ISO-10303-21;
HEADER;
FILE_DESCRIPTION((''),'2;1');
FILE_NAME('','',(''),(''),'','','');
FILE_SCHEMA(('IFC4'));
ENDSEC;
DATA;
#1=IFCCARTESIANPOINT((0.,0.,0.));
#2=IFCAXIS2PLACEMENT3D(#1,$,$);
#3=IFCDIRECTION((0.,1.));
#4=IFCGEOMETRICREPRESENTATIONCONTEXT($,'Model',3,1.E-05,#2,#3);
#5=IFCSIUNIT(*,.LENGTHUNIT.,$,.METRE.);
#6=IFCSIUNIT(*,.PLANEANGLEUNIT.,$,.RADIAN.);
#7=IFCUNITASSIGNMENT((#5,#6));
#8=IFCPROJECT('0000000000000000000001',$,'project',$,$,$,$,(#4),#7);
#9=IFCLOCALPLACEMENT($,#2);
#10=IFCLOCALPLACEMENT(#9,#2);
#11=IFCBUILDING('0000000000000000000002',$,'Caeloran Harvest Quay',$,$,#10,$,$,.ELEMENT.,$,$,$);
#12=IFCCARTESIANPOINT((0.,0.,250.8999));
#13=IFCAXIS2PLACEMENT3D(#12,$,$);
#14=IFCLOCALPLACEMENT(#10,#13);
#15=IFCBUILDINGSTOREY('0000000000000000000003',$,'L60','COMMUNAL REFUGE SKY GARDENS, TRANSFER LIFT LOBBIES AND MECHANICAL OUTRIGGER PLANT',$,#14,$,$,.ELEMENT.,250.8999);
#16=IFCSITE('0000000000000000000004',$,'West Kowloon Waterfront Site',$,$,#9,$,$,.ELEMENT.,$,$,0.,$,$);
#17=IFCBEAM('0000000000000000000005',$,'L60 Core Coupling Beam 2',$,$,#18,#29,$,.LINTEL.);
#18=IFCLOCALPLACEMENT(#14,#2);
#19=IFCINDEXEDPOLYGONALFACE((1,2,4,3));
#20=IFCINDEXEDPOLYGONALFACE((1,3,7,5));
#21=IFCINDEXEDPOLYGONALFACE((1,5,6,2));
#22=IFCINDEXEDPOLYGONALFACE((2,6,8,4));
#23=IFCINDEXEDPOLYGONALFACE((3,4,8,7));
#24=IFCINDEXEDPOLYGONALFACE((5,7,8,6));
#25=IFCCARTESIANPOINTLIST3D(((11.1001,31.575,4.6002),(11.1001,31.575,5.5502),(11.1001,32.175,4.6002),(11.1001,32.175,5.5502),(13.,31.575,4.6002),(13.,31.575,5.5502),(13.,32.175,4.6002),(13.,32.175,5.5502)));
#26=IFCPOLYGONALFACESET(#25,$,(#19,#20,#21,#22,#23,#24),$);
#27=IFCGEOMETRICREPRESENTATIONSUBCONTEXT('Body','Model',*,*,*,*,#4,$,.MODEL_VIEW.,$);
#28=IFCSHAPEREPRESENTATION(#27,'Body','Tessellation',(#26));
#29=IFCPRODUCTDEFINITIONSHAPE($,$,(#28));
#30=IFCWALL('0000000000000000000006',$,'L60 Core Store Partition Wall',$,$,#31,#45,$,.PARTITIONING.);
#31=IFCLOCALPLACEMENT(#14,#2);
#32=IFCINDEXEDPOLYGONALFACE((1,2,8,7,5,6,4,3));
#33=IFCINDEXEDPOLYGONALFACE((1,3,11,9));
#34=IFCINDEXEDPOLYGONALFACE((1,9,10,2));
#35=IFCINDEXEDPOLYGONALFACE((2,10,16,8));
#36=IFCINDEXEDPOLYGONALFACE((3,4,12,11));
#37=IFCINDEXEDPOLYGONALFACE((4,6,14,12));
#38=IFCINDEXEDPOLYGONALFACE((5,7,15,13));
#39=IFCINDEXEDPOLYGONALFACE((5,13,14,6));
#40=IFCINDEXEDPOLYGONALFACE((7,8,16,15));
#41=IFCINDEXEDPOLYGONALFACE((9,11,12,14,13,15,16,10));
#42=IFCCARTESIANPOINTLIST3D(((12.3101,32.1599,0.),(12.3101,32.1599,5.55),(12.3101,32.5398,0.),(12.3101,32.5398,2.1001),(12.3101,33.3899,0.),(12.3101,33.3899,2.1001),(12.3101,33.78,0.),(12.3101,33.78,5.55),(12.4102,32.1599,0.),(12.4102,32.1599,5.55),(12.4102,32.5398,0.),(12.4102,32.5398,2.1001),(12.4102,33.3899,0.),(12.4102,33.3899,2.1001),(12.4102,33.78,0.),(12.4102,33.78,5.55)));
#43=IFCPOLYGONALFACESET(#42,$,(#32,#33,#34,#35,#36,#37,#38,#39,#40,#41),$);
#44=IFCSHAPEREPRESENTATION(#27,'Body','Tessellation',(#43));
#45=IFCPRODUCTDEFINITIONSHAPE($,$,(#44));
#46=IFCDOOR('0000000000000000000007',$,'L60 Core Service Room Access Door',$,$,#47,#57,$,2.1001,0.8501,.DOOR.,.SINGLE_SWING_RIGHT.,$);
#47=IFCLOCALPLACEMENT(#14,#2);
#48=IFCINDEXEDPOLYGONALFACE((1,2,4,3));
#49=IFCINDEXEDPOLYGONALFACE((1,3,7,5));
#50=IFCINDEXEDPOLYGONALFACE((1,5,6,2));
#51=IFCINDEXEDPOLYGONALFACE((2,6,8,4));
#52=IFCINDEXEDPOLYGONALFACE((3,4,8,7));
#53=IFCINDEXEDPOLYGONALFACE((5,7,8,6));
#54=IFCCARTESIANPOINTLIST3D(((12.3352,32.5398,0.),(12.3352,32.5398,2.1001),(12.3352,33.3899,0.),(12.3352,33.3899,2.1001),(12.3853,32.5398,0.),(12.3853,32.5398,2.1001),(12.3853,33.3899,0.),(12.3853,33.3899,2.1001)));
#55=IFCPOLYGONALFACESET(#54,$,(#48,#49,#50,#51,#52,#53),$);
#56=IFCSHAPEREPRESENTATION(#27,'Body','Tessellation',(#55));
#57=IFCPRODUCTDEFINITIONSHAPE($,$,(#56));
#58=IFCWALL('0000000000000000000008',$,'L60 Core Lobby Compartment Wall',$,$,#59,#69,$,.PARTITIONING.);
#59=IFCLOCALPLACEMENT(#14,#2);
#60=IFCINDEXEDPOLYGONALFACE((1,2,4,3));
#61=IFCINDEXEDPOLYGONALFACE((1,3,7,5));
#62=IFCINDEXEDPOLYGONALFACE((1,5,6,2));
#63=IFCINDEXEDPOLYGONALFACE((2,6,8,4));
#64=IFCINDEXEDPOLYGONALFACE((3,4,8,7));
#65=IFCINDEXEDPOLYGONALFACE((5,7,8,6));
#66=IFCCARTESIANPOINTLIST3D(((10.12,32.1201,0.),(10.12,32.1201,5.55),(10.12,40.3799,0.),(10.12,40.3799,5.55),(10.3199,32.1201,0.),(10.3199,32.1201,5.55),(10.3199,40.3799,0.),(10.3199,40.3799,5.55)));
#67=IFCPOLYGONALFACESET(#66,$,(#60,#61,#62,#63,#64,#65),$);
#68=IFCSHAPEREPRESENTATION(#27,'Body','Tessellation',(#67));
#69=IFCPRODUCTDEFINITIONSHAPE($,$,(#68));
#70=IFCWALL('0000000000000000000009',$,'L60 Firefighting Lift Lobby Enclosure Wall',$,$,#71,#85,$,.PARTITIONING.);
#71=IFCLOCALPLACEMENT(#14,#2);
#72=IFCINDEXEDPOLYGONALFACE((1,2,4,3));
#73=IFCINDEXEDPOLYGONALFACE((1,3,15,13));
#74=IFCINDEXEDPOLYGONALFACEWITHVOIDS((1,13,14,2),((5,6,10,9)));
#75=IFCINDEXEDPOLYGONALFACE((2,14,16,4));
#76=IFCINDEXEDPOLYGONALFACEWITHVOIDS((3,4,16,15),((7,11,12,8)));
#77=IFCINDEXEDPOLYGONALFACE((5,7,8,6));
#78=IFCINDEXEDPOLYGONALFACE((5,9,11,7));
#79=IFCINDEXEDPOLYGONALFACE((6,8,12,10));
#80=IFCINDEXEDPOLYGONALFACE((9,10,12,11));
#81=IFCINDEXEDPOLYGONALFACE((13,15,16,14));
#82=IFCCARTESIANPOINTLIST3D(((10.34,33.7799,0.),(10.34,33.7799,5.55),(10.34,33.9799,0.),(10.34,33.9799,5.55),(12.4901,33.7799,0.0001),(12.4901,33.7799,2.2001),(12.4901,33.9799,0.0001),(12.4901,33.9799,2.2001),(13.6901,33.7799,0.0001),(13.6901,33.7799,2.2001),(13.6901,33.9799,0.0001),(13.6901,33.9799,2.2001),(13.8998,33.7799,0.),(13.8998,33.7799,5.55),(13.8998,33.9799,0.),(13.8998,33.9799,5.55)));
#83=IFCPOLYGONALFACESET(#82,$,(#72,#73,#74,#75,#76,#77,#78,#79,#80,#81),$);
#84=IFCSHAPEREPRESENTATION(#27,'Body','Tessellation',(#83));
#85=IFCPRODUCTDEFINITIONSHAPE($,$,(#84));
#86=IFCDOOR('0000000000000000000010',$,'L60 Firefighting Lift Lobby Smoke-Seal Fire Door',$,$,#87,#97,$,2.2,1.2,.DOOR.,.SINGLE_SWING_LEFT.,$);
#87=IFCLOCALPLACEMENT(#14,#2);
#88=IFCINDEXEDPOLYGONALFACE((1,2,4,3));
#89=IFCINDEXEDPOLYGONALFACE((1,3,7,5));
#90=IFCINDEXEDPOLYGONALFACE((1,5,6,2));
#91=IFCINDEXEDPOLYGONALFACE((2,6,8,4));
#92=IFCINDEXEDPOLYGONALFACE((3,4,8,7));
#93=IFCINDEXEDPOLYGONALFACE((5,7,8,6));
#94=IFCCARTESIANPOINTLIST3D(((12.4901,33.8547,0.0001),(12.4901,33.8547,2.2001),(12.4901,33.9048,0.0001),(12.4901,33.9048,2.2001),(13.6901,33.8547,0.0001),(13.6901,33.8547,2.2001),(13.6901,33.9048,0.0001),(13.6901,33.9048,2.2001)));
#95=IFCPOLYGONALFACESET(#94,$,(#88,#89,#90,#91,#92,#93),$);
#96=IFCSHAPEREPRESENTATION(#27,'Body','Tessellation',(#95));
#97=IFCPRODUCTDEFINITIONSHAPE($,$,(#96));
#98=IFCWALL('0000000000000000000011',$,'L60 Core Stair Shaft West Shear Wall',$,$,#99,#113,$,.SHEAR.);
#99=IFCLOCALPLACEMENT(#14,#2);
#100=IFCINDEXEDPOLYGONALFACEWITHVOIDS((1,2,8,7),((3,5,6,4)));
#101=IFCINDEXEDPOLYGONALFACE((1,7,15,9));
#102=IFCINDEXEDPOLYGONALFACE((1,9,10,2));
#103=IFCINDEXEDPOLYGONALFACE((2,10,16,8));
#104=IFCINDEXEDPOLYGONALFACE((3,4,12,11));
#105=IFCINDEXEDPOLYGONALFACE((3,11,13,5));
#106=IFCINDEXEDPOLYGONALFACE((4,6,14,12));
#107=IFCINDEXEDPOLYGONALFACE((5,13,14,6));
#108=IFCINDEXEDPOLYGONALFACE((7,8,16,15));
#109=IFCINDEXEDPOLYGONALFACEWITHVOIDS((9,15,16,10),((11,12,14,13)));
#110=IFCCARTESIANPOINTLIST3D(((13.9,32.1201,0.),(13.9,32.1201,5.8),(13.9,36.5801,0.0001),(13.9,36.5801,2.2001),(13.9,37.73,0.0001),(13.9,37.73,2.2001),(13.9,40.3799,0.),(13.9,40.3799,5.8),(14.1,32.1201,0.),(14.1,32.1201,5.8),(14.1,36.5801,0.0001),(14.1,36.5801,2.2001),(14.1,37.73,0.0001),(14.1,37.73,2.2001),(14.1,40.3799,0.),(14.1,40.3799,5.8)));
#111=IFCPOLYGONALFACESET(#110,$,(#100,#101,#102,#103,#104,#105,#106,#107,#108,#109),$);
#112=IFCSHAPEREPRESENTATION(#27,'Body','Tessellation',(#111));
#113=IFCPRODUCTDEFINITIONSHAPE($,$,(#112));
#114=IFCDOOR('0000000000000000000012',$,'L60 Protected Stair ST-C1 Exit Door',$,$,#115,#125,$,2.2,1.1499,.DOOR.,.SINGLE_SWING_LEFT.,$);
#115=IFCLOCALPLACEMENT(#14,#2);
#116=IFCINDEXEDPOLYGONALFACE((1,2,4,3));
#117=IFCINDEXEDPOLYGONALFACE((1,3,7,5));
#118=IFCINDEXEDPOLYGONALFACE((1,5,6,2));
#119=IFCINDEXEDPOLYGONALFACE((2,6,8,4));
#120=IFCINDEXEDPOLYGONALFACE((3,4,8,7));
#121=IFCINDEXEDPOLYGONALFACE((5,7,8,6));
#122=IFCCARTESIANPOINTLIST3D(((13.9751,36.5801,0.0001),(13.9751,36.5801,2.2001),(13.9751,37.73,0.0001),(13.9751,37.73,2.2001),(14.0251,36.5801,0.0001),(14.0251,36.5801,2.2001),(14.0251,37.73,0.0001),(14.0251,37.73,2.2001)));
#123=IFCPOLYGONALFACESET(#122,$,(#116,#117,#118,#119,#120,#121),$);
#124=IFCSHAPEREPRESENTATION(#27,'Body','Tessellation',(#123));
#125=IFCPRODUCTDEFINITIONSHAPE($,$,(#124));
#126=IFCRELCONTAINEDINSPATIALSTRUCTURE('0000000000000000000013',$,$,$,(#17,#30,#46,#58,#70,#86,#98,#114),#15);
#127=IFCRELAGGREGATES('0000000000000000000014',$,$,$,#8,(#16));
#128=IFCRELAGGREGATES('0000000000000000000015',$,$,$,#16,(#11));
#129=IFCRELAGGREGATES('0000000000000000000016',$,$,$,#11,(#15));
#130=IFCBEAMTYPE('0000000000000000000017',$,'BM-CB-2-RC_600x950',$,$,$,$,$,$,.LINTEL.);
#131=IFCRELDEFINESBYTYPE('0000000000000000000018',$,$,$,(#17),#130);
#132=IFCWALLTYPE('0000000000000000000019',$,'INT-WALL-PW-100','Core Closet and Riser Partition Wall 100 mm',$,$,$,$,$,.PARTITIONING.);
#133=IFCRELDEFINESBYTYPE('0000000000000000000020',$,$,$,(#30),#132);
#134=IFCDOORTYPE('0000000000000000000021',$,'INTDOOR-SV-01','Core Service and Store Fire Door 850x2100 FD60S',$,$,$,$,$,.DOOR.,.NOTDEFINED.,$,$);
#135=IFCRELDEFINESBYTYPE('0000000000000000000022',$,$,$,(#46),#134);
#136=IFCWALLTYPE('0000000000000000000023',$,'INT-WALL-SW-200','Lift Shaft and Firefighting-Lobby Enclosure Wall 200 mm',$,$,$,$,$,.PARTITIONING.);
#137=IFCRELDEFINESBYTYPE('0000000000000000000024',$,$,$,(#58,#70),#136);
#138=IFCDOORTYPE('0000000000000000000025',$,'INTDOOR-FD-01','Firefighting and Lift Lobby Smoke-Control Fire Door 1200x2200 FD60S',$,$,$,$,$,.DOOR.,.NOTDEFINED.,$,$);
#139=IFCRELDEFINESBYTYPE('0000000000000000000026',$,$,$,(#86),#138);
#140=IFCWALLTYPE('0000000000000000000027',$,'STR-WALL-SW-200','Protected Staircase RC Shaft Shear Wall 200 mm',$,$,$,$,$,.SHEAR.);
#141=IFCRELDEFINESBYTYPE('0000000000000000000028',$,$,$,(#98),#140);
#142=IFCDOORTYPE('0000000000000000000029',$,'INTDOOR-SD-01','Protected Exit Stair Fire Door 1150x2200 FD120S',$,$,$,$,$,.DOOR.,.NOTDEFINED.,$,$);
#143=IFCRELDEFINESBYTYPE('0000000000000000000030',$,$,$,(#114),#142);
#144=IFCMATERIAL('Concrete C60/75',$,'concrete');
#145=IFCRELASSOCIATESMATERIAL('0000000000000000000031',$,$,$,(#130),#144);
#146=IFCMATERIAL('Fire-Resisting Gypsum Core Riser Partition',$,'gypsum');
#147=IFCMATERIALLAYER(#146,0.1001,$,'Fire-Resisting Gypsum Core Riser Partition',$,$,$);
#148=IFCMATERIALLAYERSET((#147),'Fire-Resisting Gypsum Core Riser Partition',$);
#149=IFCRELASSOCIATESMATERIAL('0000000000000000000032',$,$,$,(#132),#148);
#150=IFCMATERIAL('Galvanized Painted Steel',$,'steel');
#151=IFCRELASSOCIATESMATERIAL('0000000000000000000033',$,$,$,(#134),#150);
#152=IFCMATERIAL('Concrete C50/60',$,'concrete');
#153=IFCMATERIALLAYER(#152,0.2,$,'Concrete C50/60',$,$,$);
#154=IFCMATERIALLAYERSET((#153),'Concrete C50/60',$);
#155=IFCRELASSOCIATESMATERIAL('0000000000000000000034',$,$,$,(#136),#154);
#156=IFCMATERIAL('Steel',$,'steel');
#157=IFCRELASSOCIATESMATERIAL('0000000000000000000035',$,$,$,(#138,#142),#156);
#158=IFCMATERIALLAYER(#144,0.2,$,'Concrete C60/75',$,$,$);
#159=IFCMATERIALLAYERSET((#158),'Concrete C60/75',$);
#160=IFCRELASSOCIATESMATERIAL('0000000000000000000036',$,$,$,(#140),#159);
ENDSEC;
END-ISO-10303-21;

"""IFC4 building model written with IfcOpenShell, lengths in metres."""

from ifc_helpers import new_model, si_unit, direction, frame, frame_2d, origin, origin_2d, place, context, subcontext, project, spatial, rectangle, extrude, material, layer, layer_set, material_profile, profile_set, type_object, element, fill, save


model = new_model("IFC4")

# Units and contexts
model_context = context("Model", 3, precision=1e-05, world=origin(), true_north=direction((0.0, 1.0)))
body_context = subcontext(model_context, "Body", "Model", "MODEL_VIEW")
ifc_project = project(units=[si_unit("LENGTHUNIT", "METRE"), si_unit("PLANEANGLEUNIT", "RADIAN")], contexts=[model_context])

# Site, building, storey
site_placement = place(None, origin())
site = spatial("IfcSite", under=ifc_project, at=site_placement, Name="West Kowloon Waterfront Site", CompositionType="ELEMENT", RefElevation=0.0)
building_placement = place(site_placement, origin())
building = spatial("IfcBuilding", under=site, at=building_placement, Name="Caeloran Harvest Quay", CompositionType="ELEMENT")
storey_placement = place(building_placement, frame((0.0, 0.0, 250.8999)))
storey = spatial("IfcBuildingStorey", under=building, at=storey_placement, Name="L60", Description="COMMUNAL REFUGE SKY GARDENS, TRANSFER LIFT LOBBIES AND MECHANICAL OUTRIGGER PLANT", CompositionType="ELEMENT", Elevation=250.8999)

# Beam
ifc_material_1 = material(Name="Concrete C60/75", Category="concrete")
ifc_material_profile = material_profile(ifc_material_1, rectangle(XDim=0.6001, YDim=0.95, at=origin_2d()), Name="RC 600x950")
ifc_profile_set = profile_set([ifc_material_profile], Name="Concrete C60/75")
beam_type = type_object("IfcBeamType", Name="BM-CB-2-RC_600x950", PredefinedType="LINTEL", material=ifc_profile_set)
beam_placement = place(storey_placement, frame((11.1001, 31.875, 5.0752), z_axis=(1.0, 0.0, 0.0), x_axis=(0.0, 1.0, 0.0)))
element("IfcBeam", 1, at=beam_placement, inside=storey, type_object=beam_type, Name="L60 Core Coupling Beam 2", PredefinedType="LINTEL", context=body_context, shape_type="SweptSolid", body=[
    extrude(rectangle(XDim=0.6001, YDim=0.95, at=origin_2d()), origin(), (0.0, 0.0, 1.0), 1.8999),
])

# Wall, opening, door
ifc_material_2 = material(Name="Fire-Resisting Gypsum Core Riser Partition", Category="gypsum")
ifc_layer_1 = layer(ifc_material_2, 0.1001, Name="Fire-Resisting Gypsum Core Riser Partition")
ifc_layer_set_1 = layer_set([ifc_layer_1], Name="Fire-Resisting Gypsum Core Riser Partition")
wall_type_1 = type_object("IfcWallType", Name="INT-WALL-PW-100", Description="Core Closet and Riser Partition Wall 100 mm", PredefinedType="PARTITIONING", material=ifc_layer_set_1)
wall_1_placement = place(storey_placement, frame((12.3601, 32.1599, 0.0), z_axis=(0.0, 0.0, 1.0), x_axis=(0.0, 1.0, 0.0)))
wall_1 = element("IfcWall", 2, at=wall_1_placement, inside=storey, type_object=wall_type_1, Name="L60 Core Store Partition Wall", PredefinedType="PARTITIONING", context=body_context, shape_type="SweptSolid", body=[
    extrude(rectangle(XDim=1.6201, YDim=0.1001, at=frame_2d((0.8101, 0.0))), origin(), (0.0, 0.0, 1.0), 5.55),
])
opening_1_placement = place(wall_1_placement, frame((0.3799, 0.0, 0.0)))
opening_1 = element("IfcOpeningElement", 3, at=opening_1_placement, cuts=wall_1, PredefinedType="OPENING", context=body_context, shape_type="SweptSolid", body=[
    extrude(rectangle(XDim=0.8501, YDim=2.1001, at=frame_2d((0.425, 1.05))), frame((0.0, 0.0601, 0.0), z_axis=(0.0, -1.0, 0.0), x_axis=(1.0, 0.0, 0.0)), (0.0, 0.0, 1.0), 0.1201),
])
ifc_material_3 = material(Name="Galvanized Painted Steel", Category="steel")
door_type_1 = type_object("IfcDoorType", Name="INTDOOR-SV-01", Description="Core Service and Store Fire Door 850x2100 FD60S", OperationType="NOTDEFINED", PredefinedType="DOOR", material=ifc_material_3)
door_1_placement = place(opening_1_placement, origin())
door_1 = element("IfcDoor", 4, at=door_1_placement, inside=storey, type_object=door_type_1, Name="L60 Core Service Room Access Door", OperationType="SINGLE_SWING_RIGHT", OverallHeight=2.1001, OverallWidth=0.8501, PredefinedType="DOOR", context=body_context, shape_type="SweptSolid", body=[
    extrude(rectangle(XDim=0.8501, YDim=2.1001, at=frame_2d((0.425, 1.05))), frame((0.0, 0.0249, 0.0), z_axis=(0.0, -1.0, 0.0), x_axis=(1.0, 0.0, 0.0)), (0.0, 0.0, 1.0), 0.05),
])
fill(opening_1, door_1)

# Wall
ifc_material_4 = material(Name="Concrete C50/60", Category="concrete")
ifc_layer_2 = layer(ifc_material_4, 0.2, Name="Concrete C50/60")
ifc_layer_set_2 = layer_set([ifc_layer_2], Name="Concrete C50/60")
wall_type_2 = type_object("IfcWallType", Name="INT-WALL-SW-200", Description="Lift Shaft and Firefighting-Lobby Enclosure Wall 200 mm", PredefinedType="PARTITIONING", material=ifc_layer_set_2)
wall_2_placement = place(storey_placement, frame((10.22, 32.1201, 0.0), z_axis=(0.0, 0.0, 1.0), x_axis=(0.0, 1.0, 0.0)))
element("IfcWall", 5, at=wall_2_placement, inside=storey, type_object=wall_type_2, Name="L60 Core Lobby Compartment Wall", PredefinedType="PARTITIONING", context=body_context, shape_type="SweptSolid", body=[
    extrude(rectangle(XDim=8.2598, YDim=0.2, at=frame_2d((4.1299, 0.0))), origin(), (0.0, 0.0, 1.0), 5.55),
])

# Walls, openings, doors
wall_3_placement = place(storey_placement, frame((10.3401, 33.8799, 0.0), z_axis=(0.0, 0.0, 1.0), x_axis=(1.0, 0.0, 0.0)))
wall_3 = element("IfcWall", 6, at=wall_3_placement, inside=storey, type_object=wall_type_2, Name="L60 Firefighting Lift Lobby Enclosure Wall", PredefinedType="PARTITIONING", context=body_context, shape_type="SweptSolid", body=[
    extrude(rectangle(XDim=3.5598, YDim=0.2, at=frame_2d((1.7798, 0.0))), origin(), (0.0, 0.0, 1.0), 5.55),
])
opening_2_placement = place(wall_3_placement, frame((2.1499, 0.0, 0.0)))
opening_2 = element("IfcOpeningElement", 7, at=opening_2_placement, cuts=wall_3, PredefinedType="OPENING", context=body_context, shape_type="SweptSolid", body=[
    extrude(rectangle(XDim=1.2, YDim=2.2, at=frame_2d((0.6001, 1.1001))), frame((0.0, 0.1099, 0.0), z_axis=(0.0, -1.0, 0.0), x_axis=(1.0, 0.0, 0.0)), (0.0, 0.0, 1.0), 0.22),
])
ifc_material_5 = material(Name="Steel", Category="steel")
door_type_2 = type_object("IfcDoorType", Name="INTDOOR-FD-01", Description="Firefighting and Lift Lobby Smoke-Control Fire Door 1200x2200 FD60S", OperationType="NOTDEFINED", PredefinedType="DOOR", material=ifc_material_5)
door_2_placement = place(opening_2_placement, origin())
door_2 = element("IfcDoor", 8, at=door_2_placement, inside=storey, type_object=door_type_2, Name="L60 Firefighting Lift Lobby Smoke-Seal Fire Door", OperationType="SINGLE_SWING_LEFT", OverallHeight=2.2, OverallWidth=1.2, PredefinedType="DOOR", context=body_context, shape_type="SweptSolid", body=[
    extrude(rectangle(XDim=1.2, YDim=2.2, at=frame_2d((0.6001, 1.1001))), frame((0.0, 0.0249, 0.0), z_axis=(0.0, -1.0, 0.0), x_axis=(1.0, 0.0, 0.0)), (0.0, 0.0, 1.0), 0.05),
])
fill(opening_2, door_2)
ifc_layer_3 = layer(ifc_material_1, 0.2, Name="Concrete C60/75")
ifc_layer_set_3 = layer_set([ifc_layer_3], Name="Concrete C60/75")
wall_type_3 = type_object("IfcWallType", Name="STR-WALL-SW-200", Description="Protected Staircase RC Shaft Shear Wall 200 mm", PredefinedType="SHEAR", material=ifc_layer_set_3)
wall_4_placement = place(storey_placement, frame((14.0, 32.1201, 0.0), z_axis=(0.0, 0.0, 1.0), x_axis=(0.0, 1.0, 0.0)))
wall_4 = element("IfcWall", 9, at=wall_4_placement, inside=storey, type_object=wall_type_3, Name="L60 Core Stair Shaft West Shear Wall", PredefinedType="SHEAR", context=body_context, shape_type="SweptSolid", body=[
    extrude(rectangle(XDim=8.2598, YDim=0.2, at=frame_2d((4.1299, 0.0))), origin(), (0.0, 0.0, 1.0), 5.8),
])
opening_3_placement = place(wall_4_placement, frame((4.46, 0.0, 0.0)))
opening_3 = element("IfcOpeningElement", 10, at=opening_3_placement, cuts=wall_4, PredefinedType="OPENING", context=body_context, shape_type="SweptSolid", body=[
    extrude(rectangle(XDim=1.1499, YDim=2.2, at=frame_2d((0.575, 1.1001))), frame((0.0, 0.1099, 0.0), z_axis=(0.0, -1.0, 0.0), x_axis=(1.0, 0.0, 0.0)), (0.0, 0.0, 1.0), 0.22),
])
door_type_3 = type_object("IfcDoorType", Name="INTDOOR-SD-01", Description="Protected Exit Stair Fire Door 1150x2200 FD120S", OperationType="NOTDEFINED", PredefinedType="DOOR", material=ifc_material_5)
door_3_placement = place(opening_3_placement, origin())
door_3 = element("IfcDoor", 11, at=door_3_placement, inside=storey, type_object=door_type_3, Name="L60 Protected Stair ST-C1 Exit Door", OperationType="SINGLE_SWING_LEFT", OverallHeight=2.2, OverallWidth=1.1499, PredefinedType="DOOR", context=body_context, shape_type="SweptSolid", body=[
    extrude(rectangle(XDim=1.1499, YDim=2.2, at=frame_2d((0.575, 1.1001))), frame((0.0, 0.0249, 0.0), z_axis=(0.0, -1.0, 0.0), x_axis=(1.0, 0.0, 0.0)), (0.0, 0.0, 1.0), 0.05),
])
fill(opening_3, door_3)

save(model, "model.ifc")
